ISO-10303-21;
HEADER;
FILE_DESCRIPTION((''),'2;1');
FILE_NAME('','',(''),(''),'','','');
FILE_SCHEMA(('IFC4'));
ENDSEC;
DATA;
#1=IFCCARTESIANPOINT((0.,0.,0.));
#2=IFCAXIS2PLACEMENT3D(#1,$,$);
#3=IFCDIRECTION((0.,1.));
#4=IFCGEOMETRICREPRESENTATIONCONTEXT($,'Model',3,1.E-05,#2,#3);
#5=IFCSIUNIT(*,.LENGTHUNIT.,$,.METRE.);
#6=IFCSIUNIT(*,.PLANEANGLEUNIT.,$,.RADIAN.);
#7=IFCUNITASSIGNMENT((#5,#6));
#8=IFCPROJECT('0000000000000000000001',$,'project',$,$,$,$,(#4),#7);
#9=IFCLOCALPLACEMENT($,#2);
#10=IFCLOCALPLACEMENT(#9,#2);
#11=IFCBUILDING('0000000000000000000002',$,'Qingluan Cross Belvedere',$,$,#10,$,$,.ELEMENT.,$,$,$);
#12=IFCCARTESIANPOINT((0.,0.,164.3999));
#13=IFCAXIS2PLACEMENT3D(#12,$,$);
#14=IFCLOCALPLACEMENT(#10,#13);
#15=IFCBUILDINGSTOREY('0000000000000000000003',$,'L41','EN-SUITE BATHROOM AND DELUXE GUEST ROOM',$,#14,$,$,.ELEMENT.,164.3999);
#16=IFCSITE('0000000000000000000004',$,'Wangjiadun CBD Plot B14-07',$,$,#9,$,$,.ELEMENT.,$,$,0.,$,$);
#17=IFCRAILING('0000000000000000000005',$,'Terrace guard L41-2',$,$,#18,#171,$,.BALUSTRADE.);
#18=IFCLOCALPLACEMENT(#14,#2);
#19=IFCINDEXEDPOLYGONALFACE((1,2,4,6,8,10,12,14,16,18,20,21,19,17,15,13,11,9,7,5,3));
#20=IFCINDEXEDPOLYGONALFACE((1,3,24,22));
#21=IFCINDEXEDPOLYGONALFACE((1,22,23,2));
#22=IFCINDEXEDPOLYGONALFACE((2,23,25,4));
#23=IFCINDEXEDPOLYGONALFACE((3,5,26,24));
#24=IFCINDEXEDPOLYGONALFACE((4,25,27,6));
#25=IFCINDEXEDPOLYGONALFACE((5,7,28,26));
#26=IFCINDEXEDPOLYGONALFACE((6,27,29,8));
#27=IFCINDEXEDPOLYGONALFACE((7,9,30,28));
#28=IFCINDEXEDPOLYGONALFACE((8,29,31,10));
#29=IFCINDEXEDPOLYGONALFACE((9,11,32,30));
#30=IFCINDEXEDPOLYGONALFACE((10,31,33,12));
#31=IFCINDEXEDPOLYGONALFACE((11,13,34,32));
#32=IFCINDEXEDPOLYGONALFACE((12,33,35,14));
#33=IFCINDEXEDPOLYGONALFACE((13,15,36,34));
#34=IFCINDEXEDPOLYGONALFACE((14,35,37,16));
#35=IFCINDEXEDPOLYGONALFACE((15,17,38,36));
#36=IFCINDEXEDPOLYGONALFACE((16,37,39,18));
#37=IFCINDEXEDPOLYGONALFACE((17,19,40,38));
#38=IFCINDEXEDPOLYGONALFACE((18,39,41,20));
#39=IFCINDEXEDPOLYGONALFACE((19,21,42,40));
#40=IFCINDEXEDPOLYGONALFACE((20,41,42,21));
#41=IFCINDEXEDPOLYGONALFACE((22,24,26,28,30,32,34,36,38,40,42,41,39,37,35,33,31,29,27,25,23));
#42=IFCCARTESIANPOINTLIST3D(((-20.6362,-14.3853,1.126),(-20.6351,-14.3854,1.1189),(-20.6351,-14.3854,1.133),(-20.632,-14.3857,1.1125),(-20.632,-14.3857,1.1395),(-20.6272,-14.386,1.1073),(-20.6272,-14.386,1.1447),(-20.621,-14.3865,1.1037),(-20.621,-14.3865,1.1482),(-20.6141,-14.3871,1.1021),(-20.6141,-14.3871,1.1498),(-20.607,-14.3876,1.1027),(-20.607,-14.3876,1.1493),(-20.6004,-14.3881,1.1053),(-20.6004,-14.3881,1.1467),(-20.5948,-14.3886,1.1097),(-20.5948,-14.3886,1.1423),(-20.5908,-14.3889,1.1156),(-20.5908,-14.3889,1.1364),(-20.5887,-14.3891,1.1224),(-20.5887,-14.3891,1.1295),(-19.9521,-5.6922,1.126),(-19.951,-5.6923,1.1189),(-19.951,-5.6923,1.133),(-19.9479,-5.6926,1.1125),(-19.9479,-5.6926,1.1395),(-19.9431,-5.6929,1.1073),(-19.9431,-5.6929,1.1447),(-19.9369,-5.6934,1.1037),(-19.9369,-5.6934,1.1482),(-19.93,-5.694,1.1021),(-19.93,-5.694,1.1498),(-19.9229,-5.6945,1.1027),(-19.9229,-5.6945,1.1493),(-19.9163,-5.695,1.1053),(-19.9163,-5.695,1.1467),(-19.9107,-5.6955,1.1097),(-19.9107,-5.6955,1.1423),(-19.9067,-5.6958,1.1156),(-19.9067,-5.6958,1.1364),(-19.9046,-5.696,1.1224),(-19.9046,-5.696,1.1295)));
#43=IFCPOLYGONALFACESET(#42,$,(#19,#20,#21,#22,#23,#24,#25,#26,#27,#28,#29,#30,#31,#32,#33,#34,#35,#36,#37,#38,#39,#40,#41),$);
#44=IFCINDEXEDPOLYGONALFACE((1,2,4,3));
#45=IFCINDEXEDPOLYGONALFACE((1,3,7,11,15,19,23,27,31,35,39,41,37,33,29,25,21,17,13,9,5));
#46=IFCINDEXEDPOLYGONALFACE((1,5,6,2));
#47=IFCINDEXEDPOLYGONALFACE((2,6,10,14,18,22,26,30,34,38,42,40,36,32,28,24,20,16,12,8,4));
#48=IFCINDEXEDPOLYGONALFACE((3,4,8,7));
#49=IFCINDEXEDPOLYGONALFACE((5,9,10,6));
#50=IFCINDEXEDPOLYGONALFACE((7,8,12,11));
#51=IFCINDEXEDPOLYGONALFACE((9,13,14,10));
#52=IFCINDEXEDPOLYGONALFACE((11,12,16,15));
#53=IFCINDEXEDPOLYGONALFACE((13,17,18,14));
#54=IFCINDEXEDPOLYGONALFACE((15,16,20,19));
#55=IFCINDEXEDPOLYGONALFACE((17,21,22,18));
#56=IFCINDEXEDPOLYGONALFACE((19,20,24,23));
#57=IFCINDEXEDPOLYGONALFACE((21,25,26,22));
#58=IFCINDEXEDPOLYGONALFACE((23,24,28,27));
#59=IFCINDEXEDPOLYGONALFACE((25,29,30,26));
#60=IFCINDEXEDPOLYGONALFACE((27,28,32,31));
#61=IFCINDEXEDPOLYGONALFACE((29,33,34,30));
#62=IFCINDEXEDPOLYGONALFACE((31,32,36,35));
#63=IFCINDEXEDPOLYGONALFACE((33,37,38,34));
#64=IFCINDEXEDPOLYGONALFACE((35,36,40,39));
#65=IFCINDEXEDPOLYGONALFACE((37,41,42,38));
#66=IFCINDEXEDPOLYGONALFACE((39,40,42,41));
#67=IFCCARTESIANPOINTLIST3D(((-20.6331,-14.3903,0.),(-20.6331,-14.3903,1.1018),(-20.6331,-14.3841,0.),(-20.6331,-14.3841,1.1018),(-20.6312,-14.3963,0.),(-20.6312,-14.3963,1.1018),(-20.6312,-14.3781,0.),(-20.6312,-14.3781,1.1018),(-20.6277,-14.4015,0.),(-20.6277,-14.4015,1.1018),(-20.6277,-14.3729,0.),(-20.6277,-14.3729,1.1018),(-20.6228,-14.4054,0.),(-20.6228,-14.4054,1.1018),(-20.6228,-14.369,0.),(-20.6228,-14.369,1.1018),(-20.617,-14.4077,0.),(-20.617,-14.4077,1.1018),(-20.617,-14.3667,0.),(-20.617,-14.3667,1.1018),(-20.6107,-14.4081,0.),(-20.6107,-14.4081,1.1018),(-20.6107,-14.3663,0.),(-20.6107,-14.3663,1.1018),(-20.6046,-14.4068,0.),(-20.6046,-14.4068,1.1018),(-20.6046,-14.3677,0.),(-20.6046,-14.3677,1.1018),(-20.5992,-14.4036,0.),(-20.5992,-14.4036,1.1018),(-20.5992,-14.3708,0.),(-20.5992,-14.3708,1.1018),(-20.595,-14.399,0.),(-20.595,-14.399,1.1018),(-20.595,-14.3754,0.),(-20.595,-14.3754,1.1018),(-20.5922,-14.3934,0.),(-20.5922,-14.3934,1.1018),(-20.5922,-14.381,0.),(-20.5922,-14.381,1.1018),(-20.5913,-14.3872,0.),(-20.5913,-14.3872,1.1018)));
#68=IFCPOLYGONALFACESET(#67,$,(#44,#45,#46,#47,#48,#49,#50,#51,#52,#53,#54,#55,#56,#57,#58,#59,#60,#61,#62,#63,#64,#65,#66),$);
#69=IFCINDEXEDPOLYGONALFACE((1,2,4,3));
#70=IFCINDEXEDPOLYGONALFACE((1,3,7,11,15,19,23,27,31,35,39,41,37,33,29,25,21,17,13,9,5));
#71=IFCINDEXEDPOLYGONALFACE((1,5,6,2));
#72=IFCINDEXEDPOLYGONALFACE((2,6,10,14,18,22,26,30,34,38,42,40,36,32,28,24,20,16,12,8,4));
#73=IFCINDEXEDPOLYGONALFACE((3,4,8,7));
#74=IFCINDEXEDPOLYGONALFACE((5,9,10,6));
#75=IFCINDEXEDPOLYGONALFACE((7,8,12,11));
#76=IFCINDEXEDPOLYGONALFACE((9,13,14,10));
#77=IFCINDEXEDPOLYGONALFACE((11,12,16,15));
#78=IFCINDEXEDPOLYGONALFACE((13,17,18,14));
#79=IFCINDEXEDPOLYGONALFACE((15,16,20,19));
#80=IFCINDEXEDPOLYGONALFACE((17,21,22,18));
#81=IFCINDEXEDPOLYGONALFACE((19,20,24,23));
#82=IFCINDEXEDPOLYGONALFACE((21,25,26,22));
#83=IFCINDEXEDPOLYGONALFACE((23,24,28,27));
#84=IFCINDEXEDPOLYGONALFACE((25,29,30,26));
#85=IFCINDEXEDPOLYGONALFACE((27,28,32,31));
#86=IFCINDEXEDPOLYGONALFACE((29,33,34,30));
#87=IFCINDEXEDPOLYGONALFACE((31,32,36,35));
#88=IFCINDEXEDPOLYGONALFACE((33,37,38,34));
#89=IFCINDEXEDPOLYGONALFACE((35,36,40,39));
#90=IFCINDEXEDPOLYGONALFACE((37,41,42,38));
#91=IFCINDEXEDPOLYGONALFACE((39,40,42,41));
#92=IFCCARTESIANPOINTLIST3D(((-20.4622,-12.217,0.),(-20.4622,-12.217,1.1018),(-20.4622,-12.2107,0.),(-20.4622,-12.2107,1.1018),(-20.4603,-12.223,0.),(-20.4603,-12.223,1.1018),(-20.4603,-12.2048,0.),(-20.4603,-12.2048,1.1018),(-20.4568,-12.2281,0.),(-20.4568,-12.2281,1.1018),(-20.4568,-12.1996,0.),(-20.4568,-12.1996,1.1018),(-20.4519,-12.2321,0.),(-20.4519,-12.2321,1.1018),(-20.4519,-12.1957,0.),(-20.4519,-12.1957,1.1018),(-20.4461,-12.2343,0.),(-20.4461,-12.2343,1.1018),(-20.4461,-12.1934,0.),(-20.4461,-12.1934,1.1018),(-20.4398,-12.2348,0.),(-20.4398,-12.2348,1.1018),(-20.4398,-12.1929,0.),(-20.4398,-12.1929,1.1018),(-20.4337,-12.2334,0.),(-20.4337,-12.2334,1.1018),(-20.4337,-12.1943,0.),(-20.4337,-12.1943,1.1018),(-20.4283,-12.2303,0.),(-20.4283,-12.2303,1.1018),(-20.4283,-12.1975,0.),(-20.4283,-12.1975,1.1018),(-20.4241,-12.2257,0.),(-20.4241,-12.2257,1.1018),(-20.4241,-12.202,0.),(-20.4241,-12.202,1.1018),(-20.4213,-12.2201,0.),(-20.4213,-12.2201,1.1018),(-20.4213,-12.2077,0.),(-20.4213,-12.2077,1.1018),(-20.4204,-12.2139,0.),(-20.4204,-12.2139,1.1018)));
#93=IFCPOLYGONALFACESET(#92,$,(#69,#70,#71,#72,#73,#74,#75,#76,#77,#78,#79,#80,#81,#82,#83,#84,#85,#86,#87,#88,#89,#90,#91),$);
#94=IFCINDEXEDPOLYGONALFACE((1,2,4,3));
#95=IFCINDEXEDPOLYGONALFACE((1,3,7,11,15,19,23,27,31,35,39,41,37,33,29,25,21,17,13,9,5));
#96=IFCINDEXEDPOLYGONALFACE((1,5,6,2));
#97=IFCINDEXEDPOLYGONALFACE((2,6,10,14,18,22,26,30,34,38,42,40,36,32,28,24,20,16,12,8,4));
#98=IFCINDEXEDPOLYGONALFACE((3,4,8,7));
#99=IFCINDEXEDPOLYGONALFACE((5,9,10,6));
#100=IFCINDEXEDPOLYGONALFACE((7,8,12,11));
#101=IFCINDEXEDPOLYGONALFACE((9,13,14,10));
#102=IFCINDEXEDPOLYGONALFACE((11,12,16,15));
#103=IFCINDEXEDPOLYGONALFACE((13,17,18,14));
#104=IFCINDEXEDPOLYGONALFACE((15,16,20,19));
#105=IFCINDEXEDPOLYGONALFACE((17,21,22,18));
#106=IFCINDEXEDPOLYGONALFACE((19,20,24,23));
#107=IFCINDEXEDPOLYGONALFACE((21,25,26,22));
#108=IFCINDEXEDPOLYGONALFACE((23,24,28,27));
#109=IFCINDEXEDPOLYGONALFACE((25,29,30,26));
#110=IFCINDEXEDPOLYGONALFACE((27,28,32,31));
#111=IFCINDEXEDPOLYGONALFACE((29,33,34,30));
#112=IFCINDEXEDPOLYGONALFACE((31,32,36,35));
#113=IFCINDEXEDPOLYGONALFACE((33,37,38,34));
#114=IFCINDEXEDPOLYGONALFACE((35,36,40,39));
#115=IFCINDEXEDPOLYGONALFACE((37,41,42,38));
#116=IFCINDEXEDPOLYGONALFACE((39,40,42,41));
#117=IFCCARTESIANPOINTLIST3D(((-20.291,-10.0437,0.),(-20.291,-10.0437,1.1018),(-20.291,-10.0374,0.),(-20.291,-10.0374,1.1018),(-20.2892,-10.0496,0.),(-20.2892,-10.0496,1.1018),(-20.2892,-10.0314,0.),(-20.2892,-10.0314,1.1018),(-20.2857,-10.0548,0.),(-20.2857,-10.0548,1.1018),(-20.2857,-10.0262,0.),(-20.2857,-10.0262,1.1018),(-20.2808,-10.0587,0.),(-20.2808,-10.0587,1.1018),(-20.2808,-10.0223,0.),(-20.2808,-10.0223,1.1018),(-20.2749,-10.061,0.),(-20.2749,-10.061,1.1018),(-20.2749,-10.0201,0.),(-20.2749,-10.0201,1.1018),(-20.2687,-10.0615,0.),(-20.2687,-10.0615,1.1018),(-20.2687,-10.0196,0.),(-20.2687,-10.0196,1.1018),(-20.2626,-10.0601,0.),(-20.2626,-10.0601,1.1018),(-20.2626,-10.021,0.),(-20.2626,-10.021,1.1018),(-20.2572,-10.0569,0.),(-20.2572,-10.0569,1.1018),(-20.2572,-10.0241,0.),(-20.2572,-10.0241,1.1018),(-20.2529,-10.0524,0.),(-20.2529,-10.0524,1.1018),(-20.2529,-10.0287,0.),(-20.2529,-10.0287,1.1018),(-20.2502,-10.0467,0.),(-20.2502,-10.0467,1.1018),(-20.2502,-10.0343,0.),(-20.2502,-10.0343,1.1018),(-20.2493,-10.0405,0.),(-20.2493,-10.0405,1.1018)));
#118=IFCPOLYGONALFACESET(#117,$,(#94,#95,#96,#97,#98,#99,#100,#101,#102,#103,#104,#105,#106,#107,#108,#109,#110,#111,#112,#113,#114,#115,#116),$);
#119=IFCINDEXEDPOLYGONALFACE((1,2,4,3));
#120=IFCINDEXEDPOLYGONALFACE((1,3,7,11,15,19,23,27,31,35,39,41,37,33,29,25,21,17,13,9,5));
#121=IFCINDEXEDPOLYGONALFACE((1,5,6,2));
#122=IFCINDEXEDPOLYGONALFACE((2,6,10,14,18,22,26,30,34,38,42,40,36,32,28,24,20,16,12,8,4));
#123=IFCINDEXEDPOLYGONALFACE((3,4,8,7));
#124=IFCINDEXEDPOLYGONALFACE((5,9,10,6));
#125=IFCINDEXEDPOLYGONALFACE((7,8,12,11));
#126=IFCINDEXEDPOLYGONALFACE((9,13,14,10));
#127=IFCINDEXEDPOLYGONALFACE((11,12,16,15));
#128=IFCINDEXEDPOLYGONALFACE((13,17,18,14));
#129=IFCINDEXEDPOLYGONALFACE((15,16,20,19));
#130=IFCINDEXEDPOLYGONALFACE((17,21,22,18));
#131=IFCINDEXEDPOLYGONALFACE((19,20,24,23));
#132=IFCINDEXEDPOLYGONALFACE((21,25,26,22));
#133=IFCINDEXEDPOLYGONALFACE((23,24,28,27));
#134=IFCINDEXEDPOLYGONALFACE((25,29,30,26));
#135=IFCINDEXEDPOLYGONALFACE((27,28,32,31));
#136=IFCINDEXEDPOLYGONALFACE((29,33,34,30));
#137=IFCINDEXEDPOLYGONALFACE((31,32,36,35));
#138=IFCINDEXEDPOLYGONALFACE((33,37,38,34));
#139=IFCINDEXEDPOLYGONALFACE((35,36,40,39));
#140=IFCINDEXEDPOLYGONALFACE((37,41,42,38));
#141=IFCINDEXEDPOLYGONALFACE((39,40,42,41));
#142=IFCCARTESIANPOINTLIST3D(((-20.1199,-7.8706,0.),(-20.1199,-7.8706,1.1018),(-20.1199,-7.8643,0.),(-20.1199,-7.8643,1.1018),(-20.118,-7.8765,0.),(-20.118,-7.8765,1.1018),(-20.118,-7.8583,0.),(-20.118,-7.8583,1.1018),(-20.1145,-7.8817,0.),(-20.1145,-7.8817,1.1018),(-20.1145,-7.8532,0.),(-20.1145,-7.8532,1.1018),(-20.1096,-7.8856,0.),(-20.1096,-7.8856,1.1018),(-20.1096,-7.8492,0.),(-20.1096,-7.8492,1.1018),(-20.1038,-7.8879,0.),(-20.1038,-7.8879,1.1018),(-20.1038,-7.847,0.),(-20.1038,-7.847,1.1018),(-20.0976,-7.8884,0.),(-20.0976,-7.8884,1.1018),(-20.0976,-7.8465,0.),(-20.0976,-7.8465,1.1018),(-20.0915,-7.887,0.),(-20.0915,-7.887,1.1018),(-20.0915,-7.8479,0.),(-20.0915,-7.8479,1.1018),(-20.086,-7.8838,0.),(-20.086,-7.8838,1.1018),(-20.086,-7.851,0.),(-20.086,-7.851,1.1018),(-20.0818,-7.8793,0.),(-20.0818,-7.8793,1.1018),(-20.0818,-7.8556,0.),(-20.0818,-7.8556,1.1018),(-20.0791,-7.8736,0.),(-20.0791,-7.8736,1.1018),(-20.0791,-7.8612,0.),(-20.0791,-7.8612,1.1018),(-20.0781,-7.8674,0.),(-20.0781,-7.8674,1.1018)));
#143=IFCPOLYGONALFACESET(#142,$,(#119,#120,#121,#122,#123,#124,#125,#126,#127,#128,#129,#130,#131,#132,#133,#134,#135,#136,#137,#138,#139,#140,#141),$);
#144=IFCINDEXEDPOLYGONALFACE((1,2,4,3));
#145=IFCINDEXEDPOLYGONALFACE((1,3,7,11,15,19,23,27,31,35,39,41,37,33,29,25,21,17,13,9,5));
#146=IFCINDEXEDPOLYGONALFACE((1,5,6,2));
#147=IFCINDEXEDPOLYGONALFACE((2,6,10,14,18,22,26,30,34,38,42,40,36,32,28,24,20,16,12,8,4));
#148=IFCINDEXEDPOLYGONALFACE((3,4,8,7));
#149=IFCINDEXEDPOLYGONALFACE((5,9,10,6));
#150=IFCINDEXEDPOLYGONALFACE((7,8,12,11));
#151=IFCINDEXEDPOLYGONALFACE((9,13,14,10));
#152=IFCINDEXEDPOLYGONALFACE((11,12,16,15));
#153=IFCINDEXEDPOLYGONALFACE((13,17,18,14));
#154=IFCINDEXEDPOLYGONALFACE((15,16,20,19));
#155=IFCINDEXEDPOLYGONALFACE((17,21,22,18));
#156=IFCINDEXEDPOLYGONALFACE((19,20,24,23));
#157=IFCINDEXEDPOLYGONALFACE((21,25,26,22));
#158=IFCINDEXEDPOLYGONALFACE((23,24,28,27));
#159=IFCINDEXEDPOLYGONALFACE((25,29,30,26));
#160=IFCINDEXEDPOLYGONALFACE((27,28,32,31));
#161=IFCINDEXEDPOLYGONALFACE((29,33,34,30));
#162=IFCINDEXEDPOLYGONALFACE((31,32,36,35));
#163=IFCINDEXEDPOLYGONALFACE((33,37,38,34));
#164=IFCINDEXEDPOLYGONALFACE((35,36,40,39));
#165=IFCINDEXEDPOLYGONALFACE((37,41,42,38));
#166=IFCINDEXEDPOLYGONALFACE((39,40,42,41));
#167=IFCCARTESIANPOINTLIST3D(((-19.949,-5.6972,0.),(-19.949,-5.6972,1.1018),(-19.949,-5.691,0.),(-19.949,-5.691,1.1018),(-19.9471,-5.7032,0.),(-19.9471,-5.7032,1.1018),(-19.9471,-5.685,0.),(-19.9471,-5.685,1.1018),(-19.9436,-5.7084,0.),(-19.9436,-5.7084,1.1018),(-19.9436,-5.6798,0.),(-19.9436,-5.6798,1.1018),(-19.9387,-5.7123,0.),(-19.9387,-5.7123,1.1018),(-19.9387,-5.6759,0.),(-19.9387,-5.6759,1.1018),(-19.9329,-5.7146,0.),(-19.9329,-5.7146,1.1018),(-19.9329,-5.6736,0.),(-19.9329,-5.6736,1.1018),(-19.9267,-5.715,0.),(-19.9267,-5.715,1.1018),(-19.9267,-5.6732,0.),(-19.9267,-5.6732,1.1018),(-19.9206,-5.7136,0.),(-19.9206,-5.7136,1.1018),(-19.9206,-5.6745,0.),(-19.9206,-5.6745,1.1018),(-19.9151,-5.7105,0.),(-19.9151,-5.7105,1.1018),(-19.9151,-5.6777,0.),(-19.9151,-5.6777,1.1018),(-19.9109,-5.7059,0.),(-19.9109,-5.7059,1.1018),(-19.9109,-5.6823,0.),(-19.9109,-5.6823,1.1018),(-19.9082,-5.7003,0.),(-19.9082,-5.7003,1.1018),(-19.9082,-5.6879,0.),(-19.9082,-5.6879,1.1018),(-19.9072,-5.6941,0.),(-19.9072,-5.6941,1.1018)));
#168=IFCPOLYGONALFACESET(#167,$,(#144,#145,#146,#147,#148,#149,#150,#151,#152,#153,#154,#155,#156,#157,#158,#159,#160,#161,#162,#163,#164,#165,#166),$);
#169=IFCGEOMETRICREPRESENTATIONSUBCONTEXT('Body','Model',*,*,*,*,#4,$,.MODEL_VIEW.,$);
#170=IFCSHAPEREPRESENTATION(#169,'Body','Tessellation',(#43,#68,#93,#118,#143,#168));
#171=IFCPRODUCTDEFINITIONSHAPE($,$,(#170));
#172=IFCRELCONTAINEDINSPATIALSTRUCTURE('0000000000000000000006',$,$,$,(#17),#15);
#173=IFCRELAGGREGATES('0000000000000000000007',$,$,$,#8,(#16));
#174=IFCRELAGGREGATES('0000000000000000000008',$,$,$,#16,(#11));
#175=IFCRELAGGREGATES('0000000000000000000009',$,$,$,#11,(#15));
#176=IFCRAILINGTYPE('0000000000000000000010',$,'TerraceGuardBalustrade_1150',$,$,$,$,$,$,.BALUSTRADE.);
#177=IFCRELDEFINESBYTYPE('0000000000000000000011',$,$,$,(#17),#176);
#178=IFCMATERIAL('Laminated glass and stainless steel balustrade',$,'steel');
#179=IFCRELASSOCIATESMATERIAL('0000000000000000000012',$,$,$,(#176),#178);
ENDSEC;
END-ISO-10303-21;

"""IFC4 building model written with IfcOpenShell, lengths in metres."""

from ifc_helpers import new_model, si_unit, direction, frame, origin, origin_2d, place, context, subcontext, project, spatial, circle, extrude, material, type_object, element, save


model = new_model("IFC4")

# Units and contexts
model_context = context("Model", 3, precision=1e-05, world=origin(), true_north=direction((0.0, 1.0)))
body_context = subcontext(model_context, "Body", "Model", "MODEL_VIEW")
ifc_project = project(units=[si_unit("LENGTHUNIT", "METRE"), si_unit("PLANEANGLEUNIT", "RADIAN")], contexts=[model_context])

# Site, building, storey
site_placement = place(None, origin())
site = spatial("IfcSite", under=ifc_project, at=site_placement, Name="Wangjiadun CBD Plot B14-07", CompositionType="ELEMENT", RefElevation=0.0)
building_placement = place(site_placement, origin())
building = spatial("IfcBuilding", under=site, at=building_placement, Name="Qingluan Cross Belvedere", CompositionType="ELEMENT")
storey_placement = place(building_placement, frame((0.0, 0.0, 164.3999)))
storey = spatial("IfcBuildingStorey", under=building, at=storey_placement, Name="L41", Description="EN-SUITE BATHROOM AND DELUXE GUEST ROOM", CompositionType="ELEMENT", Elevation=164.3999)

# Railing
ifc_material_1 = material(Name="Laminated glass and stainless steel balustrade", Category="steel")
railing_type = type_object("IfcRailingType", Name="TerraceGuardBalustrade_1150", PredefinedType="BALUSTRADE", material=ifc_material_1)
railing_1_placement = place(storey_placement, frame((-20.6123, -14.3872, 0.0)))
element("IfcRailing", 1, at=railing_1_placement, inside=storey, type_object=railing_type, Name="Terrace guard L41-2", PredefinedType="BALUSTRADE", context=body_context, shape_type="SweptSolid", body=[
    extrude(circle(Radius=0.0239, at=origin_2d()), frame((0.0, 0.0, 1.126), z_axis=(0.07845, 0.996918, 0.0), x_axis=(-0.996918, 0.07845, 0.0)), (0.0, 0.0, 1.0), 8.72),
    extrude(circle(Radius=0.021, at=origin_2d()), origin(), (0.0, 0.0, 1.0), 1.1018),
    extrude(circle(Radius=0.021, at=origin_2d()), frame((0.1709, 2.1733, 0.0)), (0.0, 0.0, 1.0), 1.1018),
    extrude(circle(Radius=0.021, at=origin_2d()), frame((0.342, 4.3467, 0.0)), (0.0, 0.0, 1.0), 1.1018),
    extrude(circle(Radius=0.021, at=origin_2d()), frame((0.5132, 6.5198, 0.0)), (0.0, 0.0, 1.0), 1.1018),
    extrude(circle(Radius=0.021, at=origin_2d()), frame((0.6841, 8.6931, 0.0)), (0.0, 0.0, 1.0), 1.1018),
])

save(model, "model.ifc")
